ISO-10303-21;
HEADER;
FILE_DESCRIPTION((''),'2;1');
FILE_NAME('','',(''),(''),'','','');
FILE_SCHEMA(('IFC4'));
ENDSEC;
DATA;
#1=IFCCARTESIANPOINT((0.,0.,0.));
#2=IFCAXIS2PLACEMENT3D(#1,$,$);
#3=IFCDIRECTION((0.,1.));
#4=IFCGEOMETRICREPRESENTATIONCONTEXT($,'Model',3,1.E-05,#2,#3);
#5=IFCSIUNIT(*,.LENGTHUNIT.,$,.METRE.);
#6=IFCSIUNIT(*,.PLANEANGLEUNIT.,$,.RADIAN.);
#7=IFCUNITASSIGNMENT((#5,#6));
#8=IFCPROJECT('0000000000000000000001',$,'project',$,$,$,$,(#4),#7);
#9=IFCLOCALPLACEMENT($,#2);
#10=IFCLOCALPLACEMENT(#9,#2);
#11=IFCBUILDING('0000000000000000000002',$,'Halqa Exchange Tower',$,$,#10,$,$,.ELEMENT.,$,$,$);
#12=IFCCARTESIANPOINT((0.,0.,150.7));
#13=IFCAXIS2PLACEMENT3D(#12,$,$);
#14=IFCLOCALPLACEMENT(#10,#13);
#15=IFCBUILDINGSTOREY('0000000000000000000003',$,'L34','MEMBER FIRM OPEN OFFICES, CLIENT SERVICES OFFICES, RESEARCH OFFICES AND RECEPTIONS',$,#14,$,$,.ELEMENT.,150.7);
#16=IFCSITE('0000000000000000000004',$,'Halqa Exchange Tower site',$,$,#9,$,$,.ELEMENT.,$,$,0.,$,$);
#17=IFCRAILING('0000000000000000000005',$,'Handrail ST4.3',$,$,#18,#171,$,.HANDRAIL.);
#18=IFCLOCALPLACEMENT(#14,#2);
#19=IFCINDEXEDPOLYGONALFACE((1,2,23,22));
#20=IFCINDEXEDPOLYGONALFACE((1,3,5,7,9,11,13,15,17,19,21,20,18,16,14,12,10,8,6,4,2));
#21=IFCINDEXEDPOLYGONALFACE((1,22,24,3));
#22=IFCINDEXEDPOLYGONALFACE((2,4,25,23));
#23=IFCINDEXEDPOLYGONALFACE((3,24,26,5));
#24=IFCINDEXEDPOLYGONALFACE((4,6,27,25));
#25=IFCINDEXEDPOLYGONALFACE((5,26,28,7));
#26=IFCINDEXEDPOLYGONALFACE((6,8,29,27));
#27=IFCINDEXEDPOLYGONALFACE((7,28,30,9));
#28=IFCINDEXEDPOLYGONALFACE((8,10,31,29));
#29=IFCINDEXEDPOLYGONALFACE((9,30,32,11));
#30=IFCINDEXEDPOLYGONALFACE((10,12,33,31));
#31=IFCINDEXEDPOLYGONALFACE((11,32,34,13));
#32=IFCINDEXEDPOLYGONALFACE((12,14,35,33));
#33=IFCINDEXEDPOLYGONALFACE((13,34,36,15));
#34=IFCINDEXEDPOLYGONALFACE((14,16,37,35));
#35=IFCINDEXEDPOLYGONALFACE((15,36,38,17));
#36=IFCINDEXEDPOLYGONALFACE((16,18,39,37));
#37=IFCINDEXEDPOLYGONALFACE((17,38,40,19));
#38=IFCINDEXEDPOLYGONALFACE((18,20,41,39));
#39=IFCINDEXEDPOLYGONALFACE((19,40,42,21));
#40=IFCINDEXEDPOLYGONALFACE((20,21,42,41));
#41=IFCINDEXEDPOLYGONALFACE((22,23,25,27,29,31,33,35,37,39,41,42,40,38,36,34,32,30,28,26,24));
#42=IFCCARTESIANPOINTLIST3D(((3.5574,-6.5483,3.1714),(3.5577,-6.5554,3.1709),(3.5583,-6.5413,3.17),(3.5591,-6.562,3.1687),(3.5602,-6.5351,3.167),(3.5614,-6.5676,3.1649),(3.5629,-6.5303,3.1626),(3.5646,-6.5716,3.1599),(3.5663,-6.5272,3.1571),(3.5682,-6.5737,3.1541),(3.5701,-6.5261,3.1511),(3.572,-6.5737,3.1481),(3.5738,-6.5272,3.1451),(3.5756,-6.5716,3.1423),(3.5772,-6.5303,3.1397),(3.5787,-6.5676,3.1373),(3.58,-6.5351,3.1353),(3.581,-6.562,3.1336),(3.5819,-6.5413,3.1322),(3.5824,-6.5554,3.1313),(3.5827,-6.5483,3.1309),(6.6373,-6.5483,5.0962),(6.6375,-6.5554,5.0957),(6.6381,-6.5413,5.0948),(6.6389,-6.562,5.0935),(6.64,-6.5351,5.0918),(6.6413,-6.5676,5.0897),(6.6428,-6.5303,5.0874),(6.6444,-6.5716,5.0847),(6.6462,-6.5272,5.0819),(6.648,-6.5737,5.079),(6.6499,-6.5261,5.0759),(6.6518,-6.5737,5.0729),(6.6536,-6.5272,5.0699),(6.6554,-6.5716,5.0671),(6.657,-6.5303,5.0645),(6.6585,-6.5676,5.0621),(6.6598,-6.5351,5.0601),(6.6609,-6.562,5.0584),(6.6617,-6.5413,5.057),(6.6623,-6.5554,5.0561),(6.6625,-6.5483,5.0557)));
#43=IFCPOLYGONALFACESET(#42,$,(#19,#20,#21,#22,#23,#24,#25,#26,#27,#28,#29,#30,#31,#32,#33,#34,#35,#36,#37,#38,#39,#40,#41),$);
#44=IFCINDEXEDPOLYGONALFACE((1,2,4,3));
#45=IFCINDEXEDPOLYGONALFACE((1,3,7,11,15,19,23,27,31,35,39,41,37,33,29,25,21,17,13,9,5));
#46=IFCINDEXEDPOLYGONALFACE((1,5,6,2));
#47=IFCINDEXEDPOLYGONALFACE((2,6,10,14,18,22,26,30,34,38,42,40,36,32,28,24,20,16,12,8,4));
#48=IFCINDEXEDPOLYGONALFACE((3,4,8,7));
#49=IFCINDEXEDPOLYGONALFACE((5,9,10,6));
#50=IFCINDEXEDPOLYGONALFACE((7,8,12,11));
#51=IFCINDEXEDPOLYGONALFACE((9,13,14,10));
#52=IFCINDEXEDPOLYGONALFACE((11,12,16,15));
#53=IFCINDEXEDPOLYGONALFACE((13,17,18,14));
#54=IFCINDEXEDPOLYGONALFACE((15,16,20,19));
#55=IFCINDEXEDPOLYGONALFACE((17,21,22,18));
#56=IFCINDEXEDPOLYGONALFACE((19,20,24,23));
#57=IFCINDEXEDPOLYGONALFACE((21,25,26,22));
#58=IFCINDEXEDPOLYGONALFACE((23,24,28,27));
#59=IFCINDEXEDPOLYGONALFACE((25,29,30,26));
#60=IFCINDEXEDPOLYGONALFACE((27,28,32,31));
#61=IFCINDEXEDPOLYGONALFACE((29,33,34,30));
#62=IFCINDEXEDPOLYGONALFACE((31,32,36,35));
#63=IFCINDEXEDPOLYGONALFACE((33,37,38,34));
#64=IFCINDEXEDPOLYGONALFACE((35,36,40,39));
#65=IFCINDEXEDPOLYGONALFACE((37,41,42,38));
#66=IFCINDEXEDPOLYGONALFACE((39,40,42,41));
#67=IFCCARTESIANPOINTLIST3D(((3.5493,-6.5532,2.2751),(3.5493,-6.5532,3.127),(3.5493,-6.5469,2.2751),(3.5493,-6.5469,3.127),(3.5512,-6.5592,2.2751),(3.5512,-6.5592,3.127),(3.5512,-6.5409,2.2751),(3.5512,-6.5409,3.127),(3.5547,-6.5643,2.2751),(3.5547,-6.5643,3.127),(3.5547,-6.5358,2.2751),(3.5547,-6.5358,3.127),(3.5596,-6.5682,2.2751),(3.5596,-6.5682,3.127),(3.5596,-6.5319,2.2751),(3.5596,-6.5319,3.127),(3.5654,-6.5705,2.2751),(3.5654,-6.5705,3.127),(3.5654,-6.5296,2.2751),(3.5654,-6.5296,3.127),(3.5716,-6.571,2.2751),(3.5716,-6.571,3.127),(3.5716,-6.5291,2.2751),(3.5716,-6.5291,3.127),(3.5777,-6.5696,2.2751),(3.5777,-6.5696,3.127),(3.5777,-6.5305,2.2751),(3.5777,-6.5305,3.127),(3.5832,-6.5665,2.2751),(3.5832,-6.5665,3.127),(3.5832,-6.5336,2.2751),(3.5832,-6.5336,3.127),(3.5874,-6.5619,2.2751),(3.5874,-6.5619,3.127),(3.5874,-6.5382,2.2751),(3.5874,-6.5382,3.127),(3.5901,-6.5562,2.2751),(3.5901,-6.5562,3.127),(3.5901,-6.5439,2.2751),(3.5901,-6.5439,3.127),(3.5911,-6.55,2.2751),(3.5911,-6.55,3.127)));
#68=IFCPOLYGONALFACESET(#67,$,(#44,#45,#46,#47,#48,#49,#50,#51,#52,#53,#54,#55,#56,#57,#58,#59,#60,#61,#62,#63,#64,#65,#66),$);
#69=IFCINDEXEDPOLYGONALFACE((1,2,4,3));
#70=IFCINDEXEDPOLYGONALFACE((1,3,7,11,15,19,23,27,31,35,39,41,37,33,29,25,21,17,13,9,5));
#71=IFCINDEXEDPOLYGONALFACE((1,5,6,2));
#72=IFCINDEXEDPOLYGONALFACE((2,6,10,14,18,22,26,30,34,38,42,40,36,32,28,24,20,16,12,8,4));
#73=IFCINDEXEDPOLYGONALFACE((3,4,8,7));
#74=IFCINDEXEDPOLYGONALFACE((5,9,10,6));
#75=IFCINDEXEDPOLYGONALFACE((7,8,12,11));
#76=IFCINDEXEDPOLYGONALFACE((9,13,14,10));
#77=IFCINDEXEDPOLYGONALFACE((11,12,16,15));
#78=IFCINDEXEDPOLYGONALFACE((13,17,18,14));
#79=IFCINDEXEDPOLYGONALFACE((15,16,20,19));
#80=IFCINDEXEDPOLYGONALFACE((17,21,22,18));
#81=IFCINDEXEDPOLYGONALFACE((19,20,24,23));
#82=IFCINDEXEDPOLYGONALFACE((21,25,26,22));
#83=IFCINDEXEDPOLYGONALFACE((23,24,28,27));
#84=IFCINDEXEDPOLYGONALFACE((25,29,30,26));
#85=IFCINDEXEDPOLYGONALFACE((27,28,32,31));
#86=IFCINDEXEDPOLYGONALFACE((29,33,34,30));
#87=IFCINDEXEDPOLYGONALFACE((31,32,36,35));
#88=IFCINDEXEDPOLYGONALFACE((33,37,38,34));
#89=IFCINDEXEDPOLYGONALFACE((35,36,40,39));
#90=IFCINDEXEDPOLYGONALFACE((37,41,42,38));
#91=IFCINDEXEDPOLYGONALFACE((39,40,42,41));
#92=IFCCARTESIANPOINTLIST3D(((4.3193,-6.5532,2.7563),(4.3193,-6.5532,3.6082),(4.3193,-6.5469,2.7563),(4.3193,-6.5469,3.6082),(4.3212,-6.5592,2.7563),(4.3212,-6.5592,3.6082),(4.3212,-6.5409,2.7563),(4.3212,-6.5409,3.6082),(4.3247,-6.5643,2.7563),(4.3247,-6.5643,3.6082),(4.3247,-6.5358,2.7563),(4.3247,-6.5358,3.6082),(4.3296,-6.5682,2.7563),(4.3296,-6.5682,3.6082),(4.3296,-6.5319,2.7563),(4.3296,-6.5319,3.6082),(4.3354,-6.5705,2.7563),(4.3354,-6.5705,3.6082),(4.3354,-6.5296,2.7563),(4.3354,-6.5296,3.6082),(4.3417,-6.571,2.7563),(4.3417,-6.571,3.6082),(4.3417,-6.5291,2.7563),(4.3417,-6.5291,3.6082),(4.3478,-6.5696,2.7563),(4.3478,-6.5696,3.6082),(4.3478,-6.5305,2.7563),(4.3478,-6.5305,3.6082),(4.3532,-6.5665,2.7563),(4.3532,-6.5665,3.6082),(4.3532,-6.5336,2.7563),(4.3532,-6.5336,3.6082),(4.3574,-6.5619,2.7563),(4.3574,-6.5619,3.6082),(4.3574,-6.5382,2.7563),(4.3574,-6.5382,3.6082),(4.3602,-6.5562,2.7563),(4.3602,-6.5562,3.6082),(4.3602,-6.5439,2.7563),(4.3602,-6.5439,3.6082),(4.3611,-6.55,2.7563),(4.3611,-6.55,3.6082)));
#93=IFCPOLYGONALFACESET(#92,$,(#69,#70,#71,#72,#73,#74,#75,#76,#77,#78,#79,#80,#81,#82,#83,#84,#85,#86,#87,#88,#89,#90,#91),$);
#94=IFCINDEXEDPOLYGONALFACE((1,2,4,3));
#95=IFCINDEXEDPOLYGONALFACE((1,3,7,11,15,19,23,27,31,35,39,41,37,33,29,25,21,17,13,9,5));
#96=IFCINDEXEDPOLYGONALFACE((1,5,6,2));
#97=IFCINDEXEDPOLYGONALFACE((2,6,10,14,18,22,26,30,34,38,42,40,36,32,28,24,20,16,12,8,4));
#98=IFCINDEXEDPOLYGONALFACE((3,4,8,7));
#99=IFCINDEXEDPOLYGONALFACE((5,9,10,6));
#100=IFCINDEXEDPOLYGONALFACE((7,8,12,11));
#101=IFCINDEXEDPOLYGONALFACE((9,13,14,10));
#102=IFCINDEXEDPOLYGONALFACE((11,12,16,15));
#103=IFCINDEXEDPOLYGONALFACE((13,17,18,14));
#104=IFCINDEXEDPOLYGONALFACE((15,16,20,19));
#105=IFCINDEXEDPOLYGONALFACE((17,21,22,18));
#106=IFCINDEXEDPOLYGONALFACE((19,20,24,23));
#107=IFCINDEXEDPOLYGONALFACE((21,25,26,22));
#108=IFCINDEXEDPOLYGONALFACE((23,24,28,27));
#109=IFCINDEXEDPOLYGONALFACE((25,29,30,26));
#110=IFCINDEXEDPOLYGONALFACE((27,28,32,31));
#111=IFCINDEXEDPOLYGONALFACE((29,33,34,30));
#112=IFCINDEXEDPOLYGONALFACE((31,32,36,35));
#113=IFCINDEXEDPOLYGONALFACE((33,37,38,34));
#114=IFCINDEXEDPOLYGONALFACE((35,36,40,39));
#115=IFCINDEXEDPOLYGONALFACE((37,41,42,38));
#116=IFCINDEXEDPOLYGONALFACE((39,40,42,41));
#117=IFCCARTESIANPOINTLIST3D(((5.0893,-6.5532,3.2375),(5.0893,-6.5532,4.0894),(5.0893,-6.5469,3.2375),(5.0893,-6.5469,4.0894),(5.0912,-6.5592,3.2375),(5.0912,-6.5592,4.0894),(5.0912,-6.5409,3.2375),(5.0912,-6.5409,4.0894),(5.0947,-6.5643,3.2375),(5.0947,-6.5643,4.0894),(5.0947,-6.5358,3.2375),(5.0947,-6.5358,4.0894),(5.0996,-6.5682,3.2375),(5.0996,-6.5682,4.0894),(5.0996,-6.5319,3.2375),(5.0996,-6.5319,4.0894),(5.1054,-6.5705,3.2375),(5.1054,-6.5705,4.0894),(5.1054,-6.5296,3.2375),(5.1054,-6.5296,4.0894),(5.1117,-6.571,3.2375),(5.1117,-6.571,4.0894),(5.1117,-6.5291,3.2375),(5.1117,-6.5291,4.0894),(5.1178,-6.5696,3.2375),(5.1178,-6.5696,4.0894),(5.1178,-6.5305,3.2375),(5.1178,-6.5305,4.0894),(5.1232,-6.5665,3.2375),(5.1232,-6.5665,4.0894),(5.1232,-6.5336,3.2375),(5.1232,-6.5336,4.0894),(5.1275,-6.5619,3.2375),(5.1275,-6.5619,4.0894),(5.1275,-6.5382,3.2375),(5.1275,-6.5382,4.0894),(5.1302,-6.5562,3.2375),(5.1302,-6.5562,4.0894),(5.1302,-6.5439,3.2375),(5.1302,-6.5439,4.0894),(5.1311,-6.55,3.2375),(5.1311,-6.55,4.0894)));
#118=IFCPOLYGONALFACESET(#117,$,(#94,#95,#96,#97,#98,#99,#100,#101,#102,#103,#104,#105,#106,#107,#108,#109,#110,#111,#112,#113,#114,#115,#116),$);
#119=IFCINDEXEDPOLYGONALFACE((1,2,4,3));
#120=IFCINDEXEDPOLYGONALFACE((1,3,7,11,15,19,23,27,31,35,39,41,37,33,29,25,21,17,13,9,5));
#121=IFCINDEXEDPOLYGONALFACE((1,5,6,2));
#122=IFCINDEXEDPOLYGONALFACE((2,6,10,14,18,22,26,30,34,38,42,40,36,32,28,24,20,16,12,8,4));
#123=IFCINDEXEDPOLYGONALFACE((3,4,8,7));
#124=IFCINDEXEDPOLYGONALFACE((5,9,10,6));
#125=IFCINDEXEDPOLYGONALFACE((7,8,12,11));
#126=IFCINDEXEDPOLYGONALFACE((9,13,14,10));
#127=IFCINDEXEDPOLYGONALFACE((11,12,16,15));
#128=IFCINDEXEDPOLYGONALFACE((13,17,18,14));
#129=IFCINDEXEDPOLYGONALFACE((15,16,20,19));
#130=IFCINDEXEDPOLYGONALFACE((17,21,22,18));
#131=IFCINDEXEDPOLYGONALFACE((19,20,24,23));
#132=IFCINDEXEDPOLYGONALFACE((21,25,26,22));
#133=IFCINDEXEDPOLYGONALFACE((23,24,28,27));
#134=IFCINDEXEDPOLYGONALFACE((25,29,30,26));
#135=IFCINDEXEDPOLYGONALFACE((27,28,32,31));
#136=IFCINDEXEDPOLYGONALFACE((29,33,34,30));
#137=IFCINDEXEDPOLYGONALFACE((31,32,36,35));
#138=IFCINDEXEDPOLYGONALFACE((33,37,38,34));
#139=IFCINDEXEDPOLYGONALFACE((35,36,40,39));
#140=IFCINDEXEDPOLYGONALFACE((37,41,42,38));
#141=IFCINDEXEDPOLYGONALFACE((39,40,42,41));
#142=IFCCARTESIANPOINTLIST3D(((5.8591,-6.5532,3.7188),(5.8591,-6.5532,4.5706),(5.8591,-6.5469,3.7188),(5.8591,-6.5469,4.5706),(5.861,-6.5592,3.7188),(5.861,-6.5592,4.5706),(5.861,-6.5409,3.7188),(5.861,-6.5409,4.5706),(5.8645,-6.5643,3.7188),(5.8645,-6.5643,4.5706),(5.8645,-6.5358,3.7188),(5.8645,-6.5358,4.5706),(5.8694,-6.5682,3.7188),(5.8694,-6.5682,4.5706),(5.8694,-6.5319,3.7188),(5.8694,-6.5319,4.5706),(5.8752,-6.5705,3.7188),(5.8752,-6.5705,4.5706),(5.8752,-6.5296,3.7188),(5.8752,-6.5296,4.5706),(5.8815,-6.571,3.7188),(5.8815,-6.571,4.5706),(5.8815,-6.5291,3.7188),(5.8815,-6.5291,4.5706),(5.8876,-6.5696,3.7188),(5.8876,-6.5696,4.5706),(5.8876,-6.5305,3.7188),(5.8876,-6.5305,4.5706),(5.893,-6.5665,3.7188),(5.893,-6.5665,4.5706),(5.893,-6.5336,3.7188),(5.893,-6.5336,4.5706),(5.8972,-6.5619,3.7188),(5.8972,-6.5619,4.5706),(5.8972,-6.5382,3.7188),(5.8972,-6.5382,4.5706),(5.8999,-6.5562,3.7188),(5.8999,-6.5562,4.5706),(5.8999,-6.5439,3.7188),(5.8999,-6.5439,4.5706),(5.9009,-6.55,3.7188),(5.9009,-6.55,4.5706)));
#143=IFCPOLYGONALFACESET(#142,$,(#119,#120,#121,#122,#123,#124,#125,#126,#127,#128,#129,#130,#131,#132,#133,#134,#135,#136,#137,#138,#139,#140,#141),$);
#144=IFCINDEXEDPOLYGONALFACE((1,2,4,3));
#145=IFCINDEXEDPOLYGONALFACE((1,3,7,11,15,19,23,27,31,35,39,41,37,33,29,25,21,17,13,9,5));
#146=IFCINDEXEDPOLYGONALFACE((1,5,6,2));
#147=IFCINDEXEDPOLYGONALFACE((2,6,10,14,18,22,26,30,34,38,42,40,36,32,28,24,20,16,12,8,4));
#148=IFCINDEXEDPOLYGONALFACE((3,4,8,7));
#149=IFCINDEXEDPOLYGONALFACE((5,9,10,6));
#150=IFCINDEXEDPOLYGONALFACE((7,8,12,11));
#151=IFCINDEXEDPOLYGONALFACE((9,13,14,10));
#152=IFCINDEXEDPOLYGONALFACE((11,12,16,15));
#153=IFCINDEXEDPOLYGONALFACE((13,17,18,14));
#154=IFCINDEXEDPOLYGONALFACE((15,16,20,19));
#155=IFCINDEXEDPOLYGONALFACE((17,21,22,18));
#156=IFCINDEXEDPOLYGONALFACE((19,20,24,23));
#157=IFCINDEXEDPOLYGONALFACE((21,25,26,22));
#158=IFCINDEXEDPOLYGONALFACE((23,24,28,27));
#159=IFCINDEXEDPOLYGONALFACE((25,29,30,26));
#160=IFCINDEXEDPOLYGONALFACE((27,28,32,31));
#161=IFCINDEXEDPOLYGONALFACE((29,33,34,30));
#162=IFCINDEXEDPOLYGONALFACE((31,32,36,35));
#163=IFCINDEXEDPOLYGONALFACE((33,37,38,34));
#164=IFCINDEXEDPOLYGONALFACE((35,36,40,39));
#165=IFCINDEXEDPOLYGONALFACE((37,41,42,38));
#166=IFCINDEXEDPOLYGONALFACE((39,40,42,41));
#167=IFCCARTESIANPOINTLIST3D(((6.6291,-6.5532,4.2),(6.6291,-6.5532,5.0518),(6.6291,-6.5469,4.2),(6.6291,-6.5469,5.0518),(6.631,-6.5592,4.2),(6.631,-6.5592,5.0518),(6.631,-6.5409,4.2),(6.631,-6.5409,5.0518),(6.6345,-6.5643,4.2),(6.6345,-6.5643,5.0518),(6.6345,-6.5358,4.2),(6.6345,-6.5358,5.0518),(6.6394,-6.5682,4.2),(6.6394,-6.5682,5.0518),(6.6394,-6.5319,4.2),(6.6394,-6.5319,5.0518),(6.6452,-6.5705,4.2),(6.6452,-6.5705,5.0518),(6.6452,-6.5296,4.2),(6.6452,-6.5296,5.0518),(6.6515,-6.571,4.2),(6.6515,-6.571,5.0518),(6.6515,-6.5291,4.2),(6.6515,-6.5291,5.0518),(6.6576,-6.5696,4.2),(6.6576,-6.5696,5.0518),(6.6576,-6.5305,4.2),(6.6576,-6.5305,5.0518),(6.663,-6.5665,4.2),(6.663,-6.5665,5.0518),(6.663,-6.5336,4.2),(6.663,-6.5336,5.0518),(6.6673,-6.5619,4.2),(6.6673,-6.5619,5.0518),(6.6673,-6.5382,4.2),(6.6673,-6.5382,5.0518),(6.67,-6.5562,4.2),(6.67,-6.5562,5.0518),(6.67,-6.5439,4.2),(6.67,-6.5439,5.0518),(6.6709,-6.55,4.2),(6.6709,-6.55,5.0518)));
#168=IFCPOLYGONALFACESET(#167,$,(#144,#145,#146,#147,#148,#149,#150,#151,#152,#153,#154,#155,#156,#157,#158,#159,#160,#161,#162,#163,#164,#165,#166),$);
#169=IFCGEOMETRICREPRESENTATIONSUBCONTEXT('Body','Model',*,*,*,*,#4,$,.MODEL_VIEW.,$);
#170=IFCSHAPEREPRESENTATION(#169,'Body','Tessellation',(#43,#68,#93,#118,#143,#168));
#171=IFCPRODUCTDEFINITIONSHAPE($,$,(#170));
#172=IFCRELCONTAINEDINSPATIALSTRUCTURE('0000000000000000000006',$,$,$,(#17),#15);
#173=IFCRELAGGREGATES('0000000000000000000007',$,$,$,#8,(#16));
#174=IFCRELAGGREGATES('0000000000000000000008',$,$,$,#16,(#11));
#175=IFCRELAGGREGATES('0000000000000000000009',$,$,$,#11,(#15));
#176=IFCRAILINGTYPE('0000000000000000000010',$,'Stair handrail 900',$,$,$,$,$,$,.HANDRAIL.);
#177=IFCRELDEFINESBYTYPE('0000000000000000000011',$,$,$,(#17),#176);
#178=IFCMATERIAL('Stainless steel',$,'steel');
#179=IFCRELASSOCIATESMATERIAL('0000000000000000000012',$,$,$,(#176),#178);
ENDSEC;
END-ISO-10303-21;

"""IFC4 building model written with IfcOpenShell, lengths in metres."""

from ifc_helpers import new_model, si_unit, direction, frame, origin, origin_2d, place, context, subcontext, project, spatial, circle, extrude, material, type_object, element, save


model = new_model("IFC4")

# Units and contexts
model_context = context("Model", 3, precision=1e-05, world=origin(), true_north=direction((0.0, 1.0)))
body_context = subcontext(model_context, "Body", "Model", "MODEL_VIEW")
ifc_project = project(units=[si_unit("LENGTHUNIT", "METRE"), si_unit("PLANEANGLEUNIT", "RADIAN")], contexts=[model_context])

# Site, building, storey
site_placement = place(None, origin())
site = spatial("IfcSite", under=ifc_project, at=site_placement, Name="Halqa Exchange Tower site", CompositionType="ELEMENT", RefElevation=0.0)
building_placement = place(site_placement, origin())
building = spatial("IfcBuilding", under=site, at=building_placement, Name="Halqa Exchange Tower", CompositionType="ELEMENT")
storey_placement = place(building_placement, frame((0.0, 0.0, 150.7)))
storey = spatial("IfcBuildingStorey", under=building, at=storey_placement, Name="L34", Description="MEMBER FIRM OPEN OFFICES, CLIENT SERVICES OFFICES, RESEARCH OFFICES AND RECEPTIONS", CompositionType="ELEMENT", Elevation=150.7)

# Railing
ifc_material_1 = material(Name="Stainless steel", Category="steel")
railing_type_1 = type_object("IfcRailingType", Name="Stair handrail 900", PredefinedType="HANDRAIL", material=ifc_material_1)
railing_1_placement = place(storey_placement, frame((3.5701, -6.55, 2.2751)))
element("IfcRailing", 1, at=railing_1_placement, inside=storey, type_object=railing_type_1, Name="Handrail ST4.3", PredefinedType="HANDRAIL", context=body_context, shape_type="SweptSolid", body=[
    extrude(circle(Radius=0.0239, at=origin_2d()), frame((0.0, 0.0, 0.876), z_axis=(0.84801, 0.0, 0.529981), x_axis=(0.0, 1.0, 0.0)), (0.0, 0.0, 1.0), 3.6318),
    extrude(circle(Radius=0.021, at=origin_2d()), origin(), (0.0, 0.0, 1.0), 0.8518),
    extrude(circle(Radius=0.021, at=origin_2d()), frame((0.77, 0.0, 0.4812)), (0.0, 0.0, 1.0), 0.8518),
    extrude(circle(Radius=0.021, at=origin_2d()), frame((1.54, 0.0, 0.9624)), (0.0, 0.0, 1.0), 0.8518),
    extrude(circle(Radius=0.021, at=origin_2d()), frame((2.3098, 0.0, 1.4436)), (0.0, 0.0, 1.0), 0.8518),
    extrude(circle(Radius=0.021, at=origin_2d()), frame((3.0798, 0.0, 1.9248)), (0.0, 0.0, 1.0), 0.8518),
])

save(model, "model.ifc")
